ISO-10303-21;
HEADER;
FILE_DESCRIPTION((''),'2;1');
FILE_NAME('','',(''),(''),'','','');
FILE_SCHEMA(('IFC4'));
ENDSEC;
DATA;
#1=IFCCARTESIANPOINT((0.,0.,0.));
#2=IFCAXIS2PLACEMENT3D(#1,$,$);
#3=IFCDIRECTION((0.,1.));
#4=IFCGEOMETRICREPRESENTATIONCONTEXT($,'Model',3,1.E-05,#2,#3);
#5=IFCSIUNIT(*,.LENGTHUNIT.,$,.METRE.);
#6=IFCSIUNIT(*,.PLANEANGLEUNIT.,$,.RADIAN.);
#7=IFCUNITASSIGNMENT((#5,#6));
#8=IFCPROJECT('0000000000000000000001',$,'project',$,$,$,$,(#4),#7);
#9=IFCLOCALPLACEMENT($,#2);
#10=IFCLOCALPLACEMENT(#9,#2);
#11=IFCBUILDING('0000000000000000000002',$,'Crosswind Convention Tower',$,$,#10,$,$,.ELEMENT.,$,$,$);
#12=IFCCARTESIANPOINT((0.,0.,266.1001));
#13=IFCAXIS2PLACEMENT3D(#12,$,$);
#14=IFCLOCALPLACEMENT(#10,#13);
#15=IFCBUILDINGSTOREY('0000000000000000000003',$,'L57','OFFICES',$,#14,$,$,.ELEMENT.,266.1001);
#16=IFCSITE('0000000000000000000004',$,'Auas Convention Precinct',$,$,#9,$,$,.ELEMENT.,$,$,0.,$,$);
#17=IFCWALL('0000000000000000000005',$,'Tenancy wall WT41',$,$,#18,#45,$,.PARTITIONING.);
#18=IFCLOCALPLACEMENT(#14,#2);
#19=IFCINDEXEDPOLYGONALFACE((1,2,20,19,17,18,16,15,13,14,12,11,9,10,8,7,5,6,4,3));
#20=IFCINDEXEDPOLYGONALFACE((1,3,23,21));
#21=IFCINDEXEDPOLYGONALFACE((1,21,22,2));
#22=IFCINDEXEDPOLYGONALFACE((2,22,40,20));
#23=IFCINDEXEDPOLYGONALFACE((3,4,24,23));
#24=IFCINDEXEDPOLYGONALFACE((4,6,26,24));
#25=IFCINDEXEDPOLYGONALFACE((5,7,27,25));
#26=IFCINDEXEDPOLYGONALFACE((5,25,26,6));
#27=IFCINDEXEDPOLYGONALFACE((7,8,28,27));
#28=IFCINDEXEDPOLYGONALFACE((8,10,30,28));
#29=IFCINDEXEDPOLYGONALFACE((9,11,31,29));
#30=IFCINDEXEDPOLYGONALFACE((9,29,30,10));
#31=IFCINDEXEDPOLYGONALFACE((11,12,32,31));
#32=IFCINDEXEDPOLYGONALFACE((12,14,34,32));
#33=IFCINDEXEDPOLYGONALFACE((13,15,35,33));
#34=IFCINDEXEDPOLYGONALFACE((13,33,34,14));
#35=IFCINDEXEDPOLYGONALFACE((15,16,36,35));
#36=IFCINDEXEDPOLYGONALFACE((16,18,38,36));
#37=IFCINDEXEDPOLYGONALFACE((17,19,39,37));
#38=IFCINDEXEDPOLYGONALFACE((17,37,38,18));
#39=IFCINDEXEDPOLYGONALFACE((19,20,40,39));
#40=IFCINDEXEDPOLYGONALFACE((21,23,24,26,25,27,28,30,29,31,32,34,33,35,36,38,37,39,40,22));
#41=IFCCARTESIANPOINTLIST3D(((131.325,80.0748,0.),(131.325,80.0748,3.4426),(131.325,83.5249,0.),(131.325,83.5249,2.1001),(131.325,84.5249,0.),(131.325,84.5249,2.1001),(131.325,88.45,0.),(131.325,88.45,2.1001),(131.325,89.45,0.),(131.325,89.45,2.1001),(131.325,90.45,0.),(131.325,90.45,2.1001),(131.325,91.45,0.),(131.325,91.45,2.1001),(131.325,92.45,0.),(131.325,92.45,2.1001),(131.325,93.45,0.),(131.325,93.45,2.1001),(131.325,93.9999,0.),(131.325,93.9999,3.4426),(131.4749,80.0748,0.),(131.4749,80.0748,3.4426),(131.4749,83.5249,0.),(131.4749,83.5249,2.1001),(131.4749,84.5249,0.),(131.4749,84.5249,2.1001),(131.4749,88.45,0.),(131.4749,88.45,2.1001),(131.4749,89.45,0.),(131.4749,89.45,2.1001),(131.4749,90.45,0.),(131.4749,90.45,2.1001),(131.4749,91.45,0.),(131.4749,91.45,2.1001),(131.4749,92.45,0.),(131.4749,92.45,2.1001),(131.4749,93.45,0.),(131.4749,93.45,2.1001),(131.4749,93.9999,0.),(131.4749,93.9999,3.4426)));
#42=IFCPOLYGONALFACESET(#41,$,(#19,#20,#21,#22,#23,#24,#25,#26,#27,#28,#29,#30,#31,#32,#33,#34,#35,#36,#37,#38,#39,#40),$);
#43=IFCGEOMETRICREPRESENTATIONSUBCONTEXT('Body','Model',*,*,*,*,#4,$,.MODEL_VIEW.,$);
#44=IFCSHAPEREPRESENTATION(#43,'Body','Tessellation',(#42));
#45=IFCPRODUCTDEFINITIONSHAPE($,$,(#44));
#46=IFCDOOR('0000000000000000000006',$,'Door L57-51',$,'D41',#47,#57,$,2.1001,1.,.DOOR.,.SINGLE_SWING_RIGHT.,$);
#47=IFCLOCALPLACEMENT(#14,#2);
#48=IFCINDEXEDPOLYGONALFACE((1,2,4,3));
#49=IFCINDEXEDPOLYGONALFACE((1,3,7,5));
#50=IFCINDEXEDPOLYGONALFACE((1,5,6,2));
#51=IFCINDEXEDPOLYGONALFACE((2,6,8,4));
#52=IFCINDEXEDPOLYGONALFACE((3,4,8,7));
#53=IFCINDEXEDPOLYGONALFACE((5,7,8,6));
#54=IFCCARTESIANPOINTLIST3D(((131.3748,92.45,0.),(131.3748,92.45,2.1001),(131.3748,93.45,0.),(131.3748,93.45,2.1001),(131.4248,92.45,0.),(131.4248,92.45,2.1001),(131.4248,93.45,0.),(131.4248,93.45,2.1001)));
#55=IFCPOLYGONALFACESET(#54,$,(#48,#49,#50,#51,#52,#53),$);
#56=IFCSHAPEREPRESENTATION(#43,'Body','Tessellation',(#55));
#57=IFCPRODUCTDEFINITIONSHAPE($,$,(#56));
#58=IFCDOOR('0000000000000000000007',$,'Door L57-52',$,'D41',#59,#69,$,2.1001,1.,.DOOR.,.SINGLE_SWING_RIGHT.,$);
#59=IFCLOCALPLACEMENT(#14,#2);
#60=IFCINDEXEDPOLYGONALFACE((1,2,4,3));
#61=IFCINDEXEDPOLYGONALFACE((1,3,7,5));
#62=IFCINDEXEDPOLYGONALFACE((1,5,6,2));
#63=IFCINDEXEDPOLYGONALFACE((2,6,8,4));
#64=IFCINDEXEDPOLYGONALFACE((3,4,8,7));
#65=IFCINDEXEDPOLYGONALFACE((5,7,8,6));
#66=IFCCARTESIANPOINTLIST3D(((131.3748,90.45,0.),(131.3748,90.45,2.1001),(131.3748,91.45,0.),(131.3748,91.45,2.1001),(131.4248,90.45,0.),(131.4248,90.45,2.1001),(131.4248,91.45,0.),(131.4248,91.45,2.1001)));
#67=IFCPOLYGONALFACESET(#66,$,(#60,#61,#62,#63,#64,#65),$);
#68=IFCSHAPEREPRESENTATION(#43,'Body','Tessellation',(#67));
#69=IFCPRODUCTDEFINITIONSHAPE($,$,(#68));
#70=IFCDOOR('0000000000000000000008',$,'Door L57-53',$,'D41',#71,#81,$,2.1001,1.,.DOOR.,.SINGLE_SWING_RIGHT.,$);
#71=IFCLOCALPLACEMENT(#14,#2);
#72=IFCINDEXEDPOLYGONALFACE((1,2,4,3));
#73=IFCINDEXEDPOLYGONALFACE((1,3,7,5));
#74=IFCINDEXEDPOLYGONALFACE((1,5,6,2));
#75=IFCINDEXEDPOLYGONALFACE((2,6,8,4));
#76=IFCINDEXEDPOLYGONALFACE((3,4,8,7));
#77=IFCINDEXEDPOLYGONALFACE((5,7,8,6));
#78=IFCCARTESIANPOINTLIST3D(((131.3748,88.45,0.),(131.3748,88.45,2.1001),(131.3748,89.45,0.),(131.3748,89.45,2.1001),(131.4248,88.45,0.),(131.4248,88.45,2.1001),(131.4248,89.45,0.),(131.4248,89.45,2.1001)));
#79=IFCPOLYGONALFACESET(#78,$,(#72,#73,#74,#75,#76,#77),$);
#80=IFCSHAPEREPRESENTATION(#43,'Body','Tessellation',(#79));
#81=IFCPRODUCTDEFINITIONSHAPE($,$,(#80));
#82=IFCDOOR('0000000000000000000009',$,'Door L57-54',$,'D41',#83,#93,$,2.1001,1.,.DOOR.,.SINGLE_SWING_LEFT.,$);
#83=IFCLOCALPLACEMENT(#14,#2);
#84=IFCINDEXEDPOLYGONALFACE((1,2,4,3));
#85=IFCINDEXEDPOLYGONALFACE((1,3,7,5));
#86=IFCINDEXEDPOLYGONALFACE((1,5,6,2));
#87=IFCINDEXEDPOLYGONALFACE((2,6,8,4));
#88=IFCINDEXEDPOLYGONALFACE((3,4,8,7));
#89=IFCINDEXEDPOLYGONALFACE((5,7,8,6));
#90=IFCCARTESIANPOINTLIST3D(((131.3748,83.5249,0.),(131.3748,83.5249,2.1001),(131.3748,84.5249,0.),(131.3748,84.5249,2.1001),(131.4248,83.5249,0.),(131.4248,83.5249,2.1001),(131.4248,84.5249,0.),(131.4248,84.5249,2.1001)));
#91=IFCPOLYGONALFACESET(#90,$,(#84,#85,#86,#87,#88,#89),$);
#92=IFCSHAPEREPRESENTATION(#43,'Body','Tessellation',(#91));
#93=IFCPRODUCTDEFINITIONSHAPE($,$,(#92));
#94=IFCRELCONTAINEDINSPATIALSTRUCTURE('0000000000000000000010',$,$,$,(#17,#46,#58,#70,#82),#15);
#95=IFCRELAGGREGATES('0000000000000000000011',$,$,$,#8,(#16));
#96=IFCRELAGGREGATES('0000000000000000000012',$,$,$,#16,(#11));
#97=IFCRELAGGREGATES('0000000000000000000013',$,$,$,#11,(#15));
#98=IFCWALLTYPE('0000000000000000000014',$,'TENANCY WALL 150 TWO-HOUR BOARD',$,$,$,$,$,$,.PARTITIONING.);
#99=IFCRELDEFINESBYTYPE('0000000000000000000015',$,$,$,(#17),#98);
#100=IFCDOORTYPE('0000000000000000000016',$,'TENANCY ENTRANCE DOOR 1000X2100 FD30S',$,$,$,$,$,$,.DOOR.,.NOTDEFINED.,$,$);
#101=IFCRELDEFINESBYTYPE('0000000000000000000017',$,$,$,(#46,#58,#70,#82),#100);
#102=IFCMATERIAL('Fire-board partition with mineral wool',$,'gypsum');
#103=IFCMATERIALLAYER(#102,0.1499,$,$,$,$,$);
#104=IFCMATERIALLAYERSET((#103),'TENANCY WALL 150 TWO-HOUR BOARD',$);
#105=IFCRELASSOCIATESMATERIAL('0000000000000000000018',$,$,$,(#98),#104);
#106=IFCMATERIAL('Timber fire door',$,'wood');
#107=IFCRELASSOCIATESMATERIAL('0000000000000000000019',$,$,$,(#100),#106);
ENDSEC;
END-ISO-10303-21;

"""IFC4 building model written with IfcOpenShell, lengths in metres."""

from ifc_helpers import new_model, si_unit, direction, frame, frame_2d, origin, place, context, subcontext, project, spatial, rectangle, extrude, material, layer, layer_set, type_object, element, fill, save


model = new_model("IFC4")

# Units and contexts
model_context = context("Model", 3, precision=1e-05, world=origin(), true_north=direction((0.0, 1.0)))
body_context = subcontext(model_context, "Body", "Model", "MODEL_VIEW")
ifc_project = project(units=[si_unit("LENGTHUNIT", "METRE"), si_unit("PLANEANGLEUNIT", "RADIAN")], contexts=[model_context])

# Site, building, storey
site_placement = place(None, origin())
site = spatial("IfcSite", under=ifc_project, at=site_placement, Name="Auas Convention Precinct", CompositionType="ELEMENT", RefElevation=0.0)
building_placement = place(site_placement, origin())
building = spatial("IfcBuilding", under=site, at=building_placement, Name="Crosswind Convention Tower", CompositionType="ELEMENT")
storey_placement = place(building_placement, frame((0.0, 0.0, 266.1001)))
storey = spatial("IfcBuildingStorey", under=building, at=storey_placement, Name="L57", Description="OFFICES", CompositionType="ELEMENT", Elevation=266.1001)

# Wall, openings, doors
ifc_material_1 = material(Name="Fire-board partition with mineral wool", Category="gypsum")
ifc_layer_1 = layer(ifc_material_1, 0.1499)
ifc_layer_set_1 = layer_set([ifc_layer_1], Name="TENANCY WALL 150 TWO-HOUR BOARD")
wall_type_1 = type_object("IfcWallType", Name="TENANCY WALL 150 TWO-HOUR BOARD", PredefinedType="PARTITIONING", material=ifc_layer_set_1)
wall_1_placement = place(storey_placement, frame((131.3999, 80.075, 0.0), z_axis=(0.0, 0.0, 1.0), x_axis=(0.0, 1.0, 0.0)))
wall_1 = element("IfcWall", 1, at=wall_1_placement, inside=storey, type_object=wall_type_1, Name="Tenancy wall WT41", PredefinedType="PARTITIONING", context=body_context, shape_type="SweptSolid", body=[
    extrude(rectangle(XDim=13.925, YDim=0.1499, at=frame_2d((6.9624, 0.0))), origin(), (0.0, 0.0, 1.0), 3.4426),
])
opening_1_placement = place(wall_1_placement, frame((12.375, 0.0, 0.0)))
opening_1 = element("IfcOpeningElement", 2, at=opening_1_placement, cuts=wall_1, PredefinedType="OPENING", context=body_context, shape_type="SweptSolid", body=[
    extrude(rectangle(XDim=1.0, YDim=2.1001, at=frame_2d((0.5, 1.05))), frame((0.0, 0.085, 0.0), z_axis=(0.0, -1.0, 0.0), x_axis=(1.0, 0.0, 0.0)), (0.0, 0.0, 1.0), 0.1699),
])
opening_2_placement = place(wall_1_placement, frame((10.375, 0.0, 0.0)))
opening_2 = element("IfcOpeningElement", 3, at=opening_2_placement, cuts=wall_1, PredefinedType="OPENING", context=body_context, shape_type="SweptSolid", body=[
    extrude(rectangle(XDim=1.0, YDim=2.1001, at=frame_2d((0.5, 1.05))), frame((0.0, 0.085, 0.0), z_axis=(0.0, -1.0, 0.0), x_axis=(1.0, 0.0, 0.0)), (0.0, 0.0, 1.0), 0.1699),
])
opening_3_placement = place(wall_1_placement, frame((8.375, 0.0, 0.0)))
opening_3 = element("IfcOpeningElement", 4, at=opening_3_placement, cuts=wall_1, PredefinedType="OPENING", context=body_context, shape_type="SweptSolid", body=[
    extrude(rectangle(XDim=1.0, YDim=2.1001, at=frame_2d((0.5, 1.05))), frame((0.0, 0.085, 0.0), z_axis=(0.0, -1.0, 0.0), x_axis=(1.0, 0.0, 0.0)), (0.0, 0.0, 1.0), 0.1699),
])
opening_4_placement = place(wall_1_placement, frame((3.45, 0.0, 0.0)))
opening_4 = element("IfcOpeningElement", 5, at=opening_4_placement, cuts=wall_1, PredefinedType="OPENING", context=body_context, shape_type="SweptSolid", body=[
    extrude(rectangle(XDim=1.0, YDim=2.1001, at=frame_2d((0.5, 1.05))), frame((0.0, 0.085, 0.0), z_axis=(0.0, -1.0, 0.0), x_axis=(1.0, 0.0, 0.0)), (0.0, 0.0, 1.0), 0.1699),
])
ifc_material_2 = material(Name="Timber fire door", Category="wood")
door_type = type_object("IfcDoorType", Name="TENANCY ENTRANCE DOOR 1000X2100 FD30S", OperationType="NOTDEFINED", PredefinedType="DOOR", material=ifc_material_2)
door_1_placement = place(opening_1_placement, frame((1.0, 0.0, 0.0), z_axis=(0.0, 0.0, 1.0), x_axis=(-1.0, 0.0, 0.0)))
door_1 = element("IfcDoor", 6, at=door_1_placement, inside=storey, type_object=door_type, Name="Door L57-51", ObjectType="D41", OperationType="SINGLE_SWING_RIGHT", OverallHeight=2.1001, OverallWidth=1.0, PredefinedType="DOOR", context=body_context, shape_type="SweptSolid", body=[
    extrude(rectangle(XDim=1.0, YDim=2.1001, at=frame_2d((0.5, 1.05))), frame((0.0, 0.0249, 0.0), z_axis=(0.0, -1.0, 0.0), x_axis=(1.0, 0.0, 0.0)), (0.0, 0.0, 1.0), 0.05),
])
fill(opening_1, door_1)
door_2_placement = place(opening_2_placement, frame((1.0, 0.0, 0.0), z_axis=(0.0, 0.0, 1.0), x_axis=(-1.0, 0.0, 0.0)))
door_2 = element("IfcDoor", 7, at=door_2_placement, inside=storey, type_object=door_type, Name="Door L57-52", ObjectType="D41", OperationType="SINGLE_SWING_RIGHT", OverallHeight=2.1001, OverallWidth=1.0, PredefinedType="DOOR", context=body_context, shape_type="SweptSolid", body=[
    extrude(rectangle(XDim=1.0, YDim=2.1001, at=frame_2d((0.5, 1.05))), frame((0.0, 0.0249, 0.0), z_axis=(0.0, -1.0, 0.0), x_axis=(1.0, 0.0, 0.0)), (0.0, 0.0, 1.0), 0.05),
])
fill(opening_2, door_2)
door_3_placement = place(opening_3_placement, frame((1.0, 0.0, 0.0), z_axis=(0.0, 0.0, 1.0), x_axis=(-1.0, 0.0, 0.0)))
door_3 = element("IfcDoor", 8, at=door_3_placement, inside=storey, type_object=door_type, Name="Door L57-53", ObjectType="D41", OperationType="SINGLE_SWING_RIGHT", OverallHeight=2.1001, OverallWidth=1.0, PredefinedType="DOOR", context=body_context, shape_type="SweptSolid", body=[
    extrude(rectangle(XDim=1.0, YDim=2.1001, at=frame_2d((0.5, 1.05))), frame((0.0, 0.0249, 0.0), z_axis=(0.0, -1.0, 0.0), x_axis=(1.0, 0.0, 0.0)), (0.0, 0.0, 1.0), 0.05),
])
fill(opening_3, door_3)
door_4_placement = place(opening_4_placement, frame((1.0, 0.0, 0.0), z_axis=(0.0, 0.0, 1.0), x_axis=(-1.0, 0.0, 0.0)))
door_4 = element("IfcDoor", 9, at=door_4_placement, inside=storey, type_object=door_type, Name="Door L57-54", ObjectType="D41", OperationType="SINGLE_SWING_LEFT", OverallHeight=2.1001, OverallWidth=1.0, PredefinedType="DOOR", context=body_context, shape_type="SweptSolid", body=[
    extrude(rectangle(XDim=1.0, YDim=2.1001, at=frame_2d((0.5, 1.05))), frame((0.0, 0.0249, 0.0), z_axis=(0.0, -1.0, 0.0), x_axis=(1.0, 0.0, 0.0)), (0.0, 0.0, 1.0), 0.05),
])
fill(opening_4, door_4)

save(model, "model.ifc")
